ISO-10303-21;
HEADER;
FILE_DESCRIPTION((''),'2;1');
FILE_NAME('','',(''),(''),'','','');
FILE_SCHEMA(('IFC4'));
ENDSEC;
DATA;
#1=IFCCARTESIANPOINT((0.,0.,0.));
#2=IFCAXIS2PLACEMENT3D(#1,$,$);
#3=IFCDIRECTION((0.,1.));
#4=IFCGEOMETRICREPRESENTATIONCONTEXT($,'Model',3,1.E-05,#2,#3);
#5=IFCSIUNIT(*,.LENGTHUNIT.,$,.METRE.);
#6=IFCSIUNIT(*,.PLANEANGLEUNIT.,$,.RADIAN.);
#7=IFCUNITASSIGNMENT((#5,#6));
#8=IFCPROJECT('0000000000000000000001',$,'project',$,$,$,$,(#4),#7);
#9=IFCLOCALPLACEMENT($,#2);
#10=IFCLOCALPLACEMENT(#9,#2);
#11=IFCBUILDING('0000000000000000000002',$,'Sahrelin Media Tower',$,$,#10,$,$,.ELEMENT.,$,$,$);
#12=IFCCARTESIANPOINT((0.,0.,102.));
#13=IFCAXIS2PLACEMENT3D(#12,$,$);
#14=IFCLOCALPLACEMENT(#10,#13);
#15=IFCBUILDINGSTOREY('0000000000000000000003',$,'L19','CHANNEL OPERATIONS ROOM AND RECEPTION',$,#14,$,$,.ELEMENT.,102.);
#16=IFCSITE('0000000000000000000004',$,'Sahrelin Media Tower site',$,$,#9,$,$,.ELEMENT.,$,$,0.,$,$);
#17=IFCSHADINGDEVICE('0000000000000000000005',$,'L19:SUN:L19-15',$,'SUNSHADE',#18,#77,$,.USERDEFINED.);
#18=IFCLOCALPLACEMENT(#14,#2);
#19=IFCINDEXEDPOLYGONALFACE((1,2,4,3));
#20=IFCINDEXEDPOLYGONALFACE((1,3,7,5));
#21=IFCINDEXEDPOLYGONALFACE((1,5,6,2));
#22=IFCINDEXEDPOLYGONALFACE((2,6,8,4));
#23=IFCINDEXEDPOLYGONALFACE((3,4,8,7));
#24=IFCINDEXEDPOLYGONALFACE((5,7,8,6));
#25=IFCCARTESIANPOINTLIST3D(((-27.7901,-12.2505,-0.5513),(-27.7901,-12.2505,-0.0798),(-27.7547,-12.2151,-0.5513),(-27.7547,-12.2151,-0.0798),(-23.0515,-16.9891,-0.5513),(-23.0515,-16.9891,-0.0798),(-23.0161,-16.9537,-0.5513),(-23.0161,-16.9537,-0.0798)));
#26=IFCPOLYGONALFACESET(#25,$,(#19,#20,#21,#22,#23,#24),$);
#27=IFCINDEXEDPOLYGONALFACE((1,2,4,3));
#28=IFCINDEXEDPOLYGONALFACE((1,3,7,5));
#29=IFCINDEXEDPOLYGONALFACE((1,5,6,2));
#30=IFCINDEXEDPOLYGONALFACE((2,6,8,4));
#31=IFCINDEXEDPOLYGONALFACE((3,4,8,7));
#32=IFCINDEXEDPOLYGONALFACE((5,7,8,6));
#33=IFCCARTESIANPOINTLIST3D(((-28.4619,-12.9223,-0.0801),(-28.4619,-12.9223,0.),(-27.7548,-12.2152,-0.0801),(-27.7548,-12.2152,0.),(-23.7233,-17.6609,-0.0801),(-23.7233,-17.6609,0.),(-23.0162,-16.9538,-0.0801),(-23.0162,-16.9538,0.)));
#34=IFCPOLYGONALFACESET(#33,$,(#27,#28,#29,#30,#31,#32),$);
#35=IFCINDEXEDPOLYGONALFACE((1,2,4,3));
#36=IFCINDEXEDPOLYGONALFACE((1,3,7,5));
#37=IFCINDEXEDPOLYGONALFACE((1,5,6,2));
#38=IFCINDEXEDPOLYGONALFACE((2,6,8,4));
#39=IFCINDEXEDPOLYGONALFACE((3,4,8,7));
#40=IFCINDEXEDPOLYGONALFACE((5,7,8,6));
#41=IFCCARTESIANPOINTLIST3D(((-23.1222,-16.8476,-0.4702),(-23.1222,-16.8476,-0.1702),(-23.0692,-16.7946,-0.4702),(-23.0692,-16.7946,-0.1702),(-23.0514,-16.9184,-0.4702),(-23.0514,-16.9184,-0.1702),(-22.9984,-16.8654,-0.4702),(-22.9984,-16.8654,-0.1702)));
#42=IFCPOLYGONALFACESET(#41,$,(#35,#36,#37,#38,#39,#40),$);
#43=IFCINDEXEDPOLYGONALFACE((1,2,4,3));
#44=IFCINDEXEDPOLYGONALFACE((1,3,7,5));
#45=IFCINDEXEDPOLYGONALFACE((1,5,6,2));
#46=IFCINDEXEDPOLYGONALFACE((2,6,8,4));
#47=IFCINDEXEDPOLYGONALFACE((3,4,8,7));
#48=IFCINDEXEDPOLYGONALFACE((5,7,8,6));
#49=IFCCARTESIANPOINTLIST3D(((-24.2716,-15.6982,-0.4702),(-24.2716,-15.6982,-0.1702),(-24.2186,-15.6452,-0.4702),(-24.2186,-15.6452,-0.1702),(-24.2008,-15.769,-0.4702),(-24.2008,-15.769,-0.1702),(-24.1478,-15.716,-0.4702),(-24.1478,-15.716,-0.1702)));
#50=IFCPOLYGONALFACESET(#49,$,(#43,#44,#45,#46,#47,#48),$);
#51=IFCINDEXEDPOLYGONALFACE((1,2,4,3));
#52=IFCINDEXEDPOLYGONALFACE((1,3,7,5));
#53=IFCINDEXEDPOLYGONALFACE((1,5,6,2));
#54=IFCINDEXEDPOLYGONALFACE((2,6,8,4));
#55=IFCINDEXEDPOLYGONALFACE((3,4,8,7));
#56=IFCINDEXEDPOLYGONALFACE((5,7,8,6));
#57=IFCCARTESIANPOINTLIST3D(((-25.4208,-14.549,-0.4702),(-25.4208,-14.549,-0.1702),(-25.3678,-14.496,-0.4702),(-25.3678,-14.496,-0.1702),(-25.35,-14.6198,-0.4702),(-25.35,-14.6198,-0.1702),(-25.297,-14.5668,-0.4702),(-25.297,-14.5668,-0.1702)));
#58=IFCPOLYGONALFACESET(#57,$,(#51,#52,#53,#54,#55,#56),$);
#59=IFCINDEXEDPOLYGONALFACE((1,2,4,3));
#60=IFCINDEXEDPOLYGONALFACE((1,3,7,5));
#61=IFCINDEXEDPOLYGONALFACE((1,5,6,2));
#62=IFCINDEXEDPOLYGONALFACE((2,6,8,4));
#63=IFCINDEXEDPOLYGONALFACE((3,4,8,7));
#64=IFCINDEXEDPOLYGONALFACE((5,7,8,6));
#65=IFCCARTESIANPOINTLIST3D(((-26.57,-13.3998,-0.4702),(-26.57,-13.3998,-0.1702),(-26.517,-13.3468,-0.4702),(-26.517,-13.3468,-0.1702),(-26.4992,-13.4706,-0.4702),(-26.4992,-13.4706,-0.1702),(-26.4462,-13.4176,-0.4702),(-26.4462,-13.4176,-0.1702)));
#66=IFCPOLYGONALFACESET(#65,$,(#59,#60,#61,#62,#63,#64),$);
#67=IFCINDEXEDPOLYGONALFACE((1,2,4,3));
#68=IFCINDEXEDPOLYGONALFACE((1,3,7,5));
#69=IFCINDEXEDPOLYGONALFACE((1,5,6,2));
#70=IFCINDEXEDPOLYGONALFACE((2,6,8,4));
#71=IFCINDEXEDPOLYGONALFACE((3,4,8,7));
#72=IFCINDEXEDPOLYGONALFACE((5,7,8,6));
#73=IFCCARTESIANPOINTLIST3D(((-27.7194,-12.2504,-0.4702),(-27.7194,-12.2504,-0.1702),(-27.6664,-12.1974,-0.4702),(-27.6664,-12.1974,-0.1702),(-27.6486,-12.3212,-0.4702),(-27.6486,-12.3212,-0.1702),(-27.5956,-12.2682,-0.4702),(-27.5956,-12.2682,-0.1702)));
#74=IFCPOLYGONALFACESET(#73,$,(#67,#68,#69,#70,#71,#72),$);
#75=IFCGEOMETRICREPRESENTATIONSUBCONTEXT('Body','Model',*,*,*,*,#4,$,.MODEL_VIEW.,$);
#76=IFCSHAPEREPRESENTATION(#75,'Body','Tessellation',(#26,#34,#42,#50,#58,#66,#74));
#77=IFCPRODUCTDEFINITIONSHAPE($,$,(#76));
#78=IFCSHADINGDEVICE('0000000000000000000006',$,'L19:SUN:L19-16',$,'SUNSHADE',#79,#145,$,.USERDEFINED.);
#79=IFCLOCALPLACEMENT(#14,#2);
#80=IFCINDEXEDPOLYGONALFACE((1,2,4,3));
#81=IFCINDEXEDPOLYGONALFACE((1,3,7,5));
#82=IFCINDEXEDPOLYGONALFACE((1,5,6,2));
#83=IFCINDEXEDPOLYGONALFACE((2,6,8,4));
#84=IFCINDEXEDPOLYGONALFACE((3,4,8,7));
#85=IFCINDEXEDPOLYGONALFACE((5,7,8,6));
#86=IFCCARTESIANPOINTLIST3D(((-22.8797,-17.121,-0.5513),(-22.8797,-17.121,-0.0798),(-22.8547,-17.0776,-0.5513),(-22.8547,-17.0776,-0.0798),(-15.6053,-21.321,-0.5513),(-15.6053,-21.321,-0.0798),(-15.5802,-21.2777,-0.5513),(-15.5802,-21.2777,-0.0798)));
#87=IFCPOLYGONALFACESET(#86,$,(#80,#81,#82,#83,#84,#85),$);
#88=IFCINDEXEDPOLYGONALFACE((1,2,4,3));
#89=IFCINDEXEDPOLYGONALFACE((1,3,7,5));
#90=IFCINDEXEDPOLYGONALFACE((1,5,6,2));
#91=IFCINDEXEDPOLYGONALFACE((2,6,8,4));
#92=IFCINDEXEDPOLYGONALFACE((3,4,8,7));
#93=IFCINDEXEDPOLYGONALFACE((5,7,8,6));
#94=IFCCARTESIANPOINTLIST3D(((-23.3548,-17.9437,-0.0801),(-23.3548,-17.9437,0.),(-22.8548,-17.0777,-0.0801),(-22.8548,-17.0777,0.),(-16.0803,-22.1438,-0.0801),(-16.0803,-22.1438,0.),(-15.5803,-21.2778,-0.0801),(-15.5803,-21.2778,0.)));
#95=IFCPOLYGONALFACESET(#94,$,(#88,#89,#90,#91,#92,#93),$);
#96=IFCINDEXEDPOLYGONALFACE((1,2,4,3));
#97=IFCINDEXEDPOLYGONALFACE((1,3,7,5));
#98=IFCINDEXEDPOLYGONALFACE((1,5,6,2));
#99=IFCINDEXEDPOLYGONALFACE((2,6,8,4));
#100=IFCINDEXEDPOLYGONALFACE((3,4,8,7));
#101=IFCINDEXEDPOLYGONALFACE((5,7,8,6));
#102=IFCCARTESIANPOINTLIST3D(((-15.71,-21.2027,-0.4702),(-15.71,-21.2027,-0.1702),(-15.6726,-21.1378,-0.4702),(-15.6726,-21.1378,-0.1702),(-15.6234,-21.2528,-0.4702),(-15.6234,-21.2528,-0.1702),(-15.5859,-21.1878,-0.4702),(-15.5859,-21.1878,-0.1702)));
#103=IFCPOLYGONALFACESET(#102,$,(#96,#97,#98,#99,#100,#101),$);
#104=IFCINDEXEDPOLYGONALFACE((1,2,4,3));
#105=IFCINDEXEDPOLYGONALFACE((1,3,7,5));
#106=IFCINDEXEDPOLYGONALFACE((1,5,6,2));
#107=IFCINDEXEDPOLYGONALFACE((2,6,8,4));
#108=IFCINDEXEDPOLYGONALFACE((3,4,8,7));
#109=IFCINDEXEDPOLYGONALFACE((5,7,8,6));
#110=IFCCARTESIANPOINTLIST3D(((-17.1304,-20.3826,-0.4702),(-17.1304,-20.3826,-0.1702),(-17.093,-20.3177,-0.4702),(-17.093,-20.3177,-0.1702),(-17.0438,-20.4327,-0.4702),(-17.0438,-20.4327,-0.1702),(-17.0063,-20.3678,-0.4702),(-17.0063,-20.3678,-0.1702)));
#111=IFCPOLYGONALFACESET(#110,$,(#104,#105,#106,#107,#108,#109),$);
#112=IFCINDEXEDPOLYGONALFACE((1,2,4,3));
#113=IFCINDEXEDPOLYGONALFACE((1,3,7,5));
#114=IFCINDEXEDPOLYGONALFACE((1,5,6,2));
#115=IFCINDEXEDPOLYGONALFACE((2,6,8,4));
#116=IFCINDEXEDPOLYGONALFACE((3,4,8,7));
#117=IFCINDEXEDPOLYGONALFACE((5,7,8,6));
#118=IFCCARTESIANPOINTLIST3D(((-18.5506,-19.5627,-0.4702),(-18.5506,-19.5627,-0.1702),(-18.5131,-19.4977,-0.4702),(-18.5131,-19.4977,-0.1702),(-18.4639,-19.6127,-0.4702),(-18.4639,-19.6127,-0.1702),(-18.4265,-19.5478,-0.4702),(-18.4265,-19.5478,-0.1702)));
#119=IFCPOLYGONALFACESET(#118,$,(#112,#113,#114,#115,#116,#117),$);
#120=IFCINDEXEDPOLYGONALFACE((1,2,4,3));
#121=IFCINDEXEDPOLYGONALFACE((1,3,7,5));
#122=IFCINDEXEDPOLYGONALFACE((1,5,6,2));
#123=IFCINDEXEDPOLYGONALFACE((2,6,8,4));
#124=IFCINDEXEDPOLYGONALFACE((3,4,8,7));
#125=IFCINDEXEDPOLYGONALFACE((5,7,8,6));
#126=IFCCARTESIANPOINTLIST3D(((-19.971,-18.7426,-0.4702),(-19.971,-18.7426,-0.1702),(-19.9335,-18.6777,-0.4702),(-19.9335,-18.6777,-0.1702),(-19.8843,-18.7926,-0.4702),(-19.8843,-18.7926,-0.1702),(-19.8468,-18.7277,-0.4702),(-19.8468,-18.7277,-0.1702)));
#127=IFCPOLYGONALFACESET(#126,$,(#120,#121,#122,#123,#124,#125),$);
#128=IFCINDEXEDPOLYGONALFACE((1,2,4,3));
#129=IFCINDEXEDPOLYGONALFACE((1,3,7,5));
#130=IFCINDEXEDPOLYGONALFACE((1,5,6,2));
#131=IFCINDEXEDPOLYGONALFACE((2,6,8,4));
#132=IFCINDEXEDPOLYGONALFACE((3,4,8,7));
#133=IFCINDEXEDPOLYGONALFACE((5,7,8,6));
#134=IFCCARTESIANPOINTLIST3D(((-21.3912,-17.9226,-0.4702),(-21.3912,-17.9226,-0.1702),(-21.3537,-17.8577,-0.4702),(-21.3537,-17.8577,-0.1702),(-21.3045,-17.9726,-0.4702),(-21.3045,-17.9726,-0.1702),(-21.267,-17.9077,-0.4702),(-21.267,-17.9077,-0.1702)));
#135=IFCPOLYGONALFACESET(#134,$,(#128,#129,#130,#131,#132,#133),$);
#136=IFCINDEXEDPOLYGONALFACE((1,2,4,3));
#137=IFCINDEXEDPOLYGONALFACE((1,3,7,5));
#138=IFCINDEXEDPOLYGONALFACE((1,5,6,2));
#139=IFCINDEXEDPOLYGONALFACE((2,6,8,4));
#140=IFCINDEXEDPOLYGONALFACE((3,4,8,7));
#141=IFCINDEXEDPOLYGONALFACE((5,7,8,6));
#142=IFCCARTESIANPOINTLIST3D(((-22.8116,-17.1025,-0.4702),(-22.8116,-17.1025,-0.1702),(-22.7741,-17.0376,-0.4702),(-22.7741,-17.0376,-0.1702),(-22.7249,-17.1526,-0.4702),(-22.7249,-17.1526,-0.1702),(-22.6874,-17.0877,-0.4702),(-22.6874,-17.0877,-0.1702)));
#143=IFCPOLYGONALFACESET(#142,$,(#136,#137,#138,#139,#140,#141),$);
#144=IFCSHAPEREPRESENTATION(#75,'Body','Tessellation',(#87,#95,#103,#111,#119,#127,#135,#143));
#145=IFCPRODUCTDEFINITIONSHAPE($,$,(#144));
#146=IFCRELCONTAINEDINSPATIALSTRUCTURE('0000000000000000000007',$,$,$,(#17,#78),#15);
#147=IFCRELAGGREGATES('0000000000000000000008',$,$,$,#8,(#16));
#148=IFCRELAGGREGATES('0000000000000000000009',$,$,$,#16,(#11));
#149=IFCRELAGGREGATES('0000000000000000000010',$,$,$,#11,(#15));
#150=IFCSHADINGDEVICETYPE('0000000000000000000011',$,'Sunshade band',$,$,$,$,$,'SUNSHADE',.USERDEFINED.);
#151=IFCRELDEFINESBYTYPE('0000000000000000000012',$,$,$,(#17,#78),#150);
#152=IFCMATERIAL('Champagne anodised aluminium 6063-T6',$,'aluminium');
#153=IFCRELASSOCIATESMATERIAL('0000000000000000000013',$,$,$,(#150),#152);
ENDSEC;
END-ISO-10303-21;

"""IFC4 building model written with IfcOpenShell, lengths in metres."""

from ifc_helpers import new_model, si_unit, direction, frame, origin, origin_2d, place, context, subcontext, project, spatial, rectangle, extrude, material, type_object, element, save


model = new_model("IFC4")

# Units and contexts
model_context = context("Model", 3, precision=1e-05, world=origin(), true_north=direction((0.0, 1.0)))
body_context = subcontext(model_context, "Body", "Model", "MODEL_VIEW")
ifc_project = project(units=[si_unit("LENGTHUNIT", "METRE"), si_unit("PLANEANGLEUNIT", "RADIAN")], contexts=[model_context])

# Site, building, storey
site_placement = place(None, origin())
site = spatial("IfcSite", under=ifc_project, at=site_placement, Name="Sahrelin Media Tower site", CompositionType="ELEMENT", RefElevation=0.0)
building_placement = place(site_placement, origin())
building = spatial("IfcBuilding", under=site, at=building_placement, Name="Sahrelin Media Tower", CompositionType="ELEMENT")
storey_placement = place(building_placement, frame((0.0, 0.0, 102.0)))
storey = spatial("IfcBuildingStorey", under=building, at=storey_placement, Name="L19", Description="CHANNEL OPERATIONS ROOM AND RECEPTION", CompositionType="ELEMENT", Elevation=102.0)

# Shared definitions
ifc_material_1 = material(Name="Champagne anodised aluminium 6063-T6", Category="aluminium")

# Shading devices
placement_1 = place(storey_placement, frame((-25.3713, -14.5703, 0.0), z_axis=(0.0, 0.0, 1.0), x_axis=(-0.707107, 0.707107, 0.0)))
placement_2 = place(storey_placement, frame((-19.2075, -19.1604, 0.0), z_axis=(0.0, 0.0, 1.0), x_axis=(-0.866019, 0.500011, 0.0)))
shading_device_type_1 = type_object("IfcShadingDeviceType", Name="Sunshade band", ElementType="SUNSHADE", PredefinedType="USERDEFINED", material=ifc_material_1)
element("IfcShadingDevice", 1, at=placement_1, inside=storey, type_object=shading_device_type_1, Name="L19:SUN:L19-15", ObjectType="SUNSHADE", PredefinedType="USERDEFINED", context=body_context, shape_type="SweptSolid", body=[
    extrude(rectangle(XDim=6.7014, YDim=0.05, at=origin_2d()), frame((0.0, 0.0449, -0.5513)), (0.0, 0.0, 1.0), 0.4714),
    extrude(rectangle(XDim=6.7014, YDim=1.0, at=origin_2d()), frame((0.0, 0.52, -0.0801)), (0.0, 0.0, 1.0), 0.0801),
    extrude(rectangle(XDim=0.1001, YDim=0.075, at=origin_2d()), frame((-3.2507, -0.0176, -0.4702)), (0.0, 0.0, 1.0), 0.3),
    extrude(rectangle(XDim=0.1001, YDim=0.075, at=origin_2d()), frame((-1.6252, -0.0176, -0.4702)), (0.0, 0.0, 1.0), 0.3),
    extrude(rectangle(XDim=0.1001, YDim=0.075, at=origin_2d()), frame((0.0, -0.0176, -0.4702)), (0.0, 0.0, 1.0), 0.3),
    extrude(rectangle(XDim=0.1001, YDim=0.075, at=origin_2d()), frame((1.6252, -0.0176, -0.4702)), (0.0, 0.0, 1.0), 0.3),
    extrude(rectangle(XDim=0.1001, YDim=0.075, at=origin_2d()), frame((3.2507, -0.0176, -0.4702)), (0.0, 0.0, 1.0), 0.3),
])
element("IfcShadingDevice", 2, at=placement_2, inside=storey, type_object=shading_device_type_1, Name="L19:SUN:L19-16", ObjectType="SUNSHADE", PredefinedType="USERDEFINED", context=body_context, shape_type="SweptSolid", body=[
    extrude(rectangle(XDim=8.3999, YDim=0.05, at=origin_2d()), frame((0.0, 0.0449, -0.5513)), (0.0, 0.0, 1.0), 0.4714),
    extrude(rectangle(XDim=8.3999, YDim=1.0, at=origin_2d()), frame((0.0, 0.52, -0.0801)), (0.0, 0.0, 1.0), 0.0801),
    extrude(rectangle(XDim=0.1001, YDim=0.075, at=origin_2d()), frame((-4.1001, -0.0176, -0.4702)), (0.0, 0.0, 1.0), 0.3),
    extrude(rectangle(XDim=0.1001, YDim=0.075, at=origin_2d()), frame((-2.46, -0.0176, -0.4702)), (0.0, 0.0, 1.0), 0.3),
    extrude(rectangle(XDim=0.1001, YDim=0.075, at=origin_2d()), frame((-0.8201, -0.0176, -0.4702)), (0.0, 0.0, 1.0), 0.3),
    extrude(rectangle(XDim=0.1001, YDim=0.075, at=origin_2d()), frame((0.8201, -0.0176, -0.4702)), (0.0, 0.0, 1.0), 0.3),
    extrude(rectangle(XDim=0.1001, YDim=0.075, at=origin_2d()), frame((2.46, -0.0176, -0.4702)), (0.0, 0.0, 1.0), 0.3),
    extrude(rectangle(XDim=0.1001, YDim=0.075, at=origin_2d()), frame((4.1001, -0.0176, -0.4702)), (0.0, 0.0, 1.0), 0.3),
])

save(model, "model.ifc")
